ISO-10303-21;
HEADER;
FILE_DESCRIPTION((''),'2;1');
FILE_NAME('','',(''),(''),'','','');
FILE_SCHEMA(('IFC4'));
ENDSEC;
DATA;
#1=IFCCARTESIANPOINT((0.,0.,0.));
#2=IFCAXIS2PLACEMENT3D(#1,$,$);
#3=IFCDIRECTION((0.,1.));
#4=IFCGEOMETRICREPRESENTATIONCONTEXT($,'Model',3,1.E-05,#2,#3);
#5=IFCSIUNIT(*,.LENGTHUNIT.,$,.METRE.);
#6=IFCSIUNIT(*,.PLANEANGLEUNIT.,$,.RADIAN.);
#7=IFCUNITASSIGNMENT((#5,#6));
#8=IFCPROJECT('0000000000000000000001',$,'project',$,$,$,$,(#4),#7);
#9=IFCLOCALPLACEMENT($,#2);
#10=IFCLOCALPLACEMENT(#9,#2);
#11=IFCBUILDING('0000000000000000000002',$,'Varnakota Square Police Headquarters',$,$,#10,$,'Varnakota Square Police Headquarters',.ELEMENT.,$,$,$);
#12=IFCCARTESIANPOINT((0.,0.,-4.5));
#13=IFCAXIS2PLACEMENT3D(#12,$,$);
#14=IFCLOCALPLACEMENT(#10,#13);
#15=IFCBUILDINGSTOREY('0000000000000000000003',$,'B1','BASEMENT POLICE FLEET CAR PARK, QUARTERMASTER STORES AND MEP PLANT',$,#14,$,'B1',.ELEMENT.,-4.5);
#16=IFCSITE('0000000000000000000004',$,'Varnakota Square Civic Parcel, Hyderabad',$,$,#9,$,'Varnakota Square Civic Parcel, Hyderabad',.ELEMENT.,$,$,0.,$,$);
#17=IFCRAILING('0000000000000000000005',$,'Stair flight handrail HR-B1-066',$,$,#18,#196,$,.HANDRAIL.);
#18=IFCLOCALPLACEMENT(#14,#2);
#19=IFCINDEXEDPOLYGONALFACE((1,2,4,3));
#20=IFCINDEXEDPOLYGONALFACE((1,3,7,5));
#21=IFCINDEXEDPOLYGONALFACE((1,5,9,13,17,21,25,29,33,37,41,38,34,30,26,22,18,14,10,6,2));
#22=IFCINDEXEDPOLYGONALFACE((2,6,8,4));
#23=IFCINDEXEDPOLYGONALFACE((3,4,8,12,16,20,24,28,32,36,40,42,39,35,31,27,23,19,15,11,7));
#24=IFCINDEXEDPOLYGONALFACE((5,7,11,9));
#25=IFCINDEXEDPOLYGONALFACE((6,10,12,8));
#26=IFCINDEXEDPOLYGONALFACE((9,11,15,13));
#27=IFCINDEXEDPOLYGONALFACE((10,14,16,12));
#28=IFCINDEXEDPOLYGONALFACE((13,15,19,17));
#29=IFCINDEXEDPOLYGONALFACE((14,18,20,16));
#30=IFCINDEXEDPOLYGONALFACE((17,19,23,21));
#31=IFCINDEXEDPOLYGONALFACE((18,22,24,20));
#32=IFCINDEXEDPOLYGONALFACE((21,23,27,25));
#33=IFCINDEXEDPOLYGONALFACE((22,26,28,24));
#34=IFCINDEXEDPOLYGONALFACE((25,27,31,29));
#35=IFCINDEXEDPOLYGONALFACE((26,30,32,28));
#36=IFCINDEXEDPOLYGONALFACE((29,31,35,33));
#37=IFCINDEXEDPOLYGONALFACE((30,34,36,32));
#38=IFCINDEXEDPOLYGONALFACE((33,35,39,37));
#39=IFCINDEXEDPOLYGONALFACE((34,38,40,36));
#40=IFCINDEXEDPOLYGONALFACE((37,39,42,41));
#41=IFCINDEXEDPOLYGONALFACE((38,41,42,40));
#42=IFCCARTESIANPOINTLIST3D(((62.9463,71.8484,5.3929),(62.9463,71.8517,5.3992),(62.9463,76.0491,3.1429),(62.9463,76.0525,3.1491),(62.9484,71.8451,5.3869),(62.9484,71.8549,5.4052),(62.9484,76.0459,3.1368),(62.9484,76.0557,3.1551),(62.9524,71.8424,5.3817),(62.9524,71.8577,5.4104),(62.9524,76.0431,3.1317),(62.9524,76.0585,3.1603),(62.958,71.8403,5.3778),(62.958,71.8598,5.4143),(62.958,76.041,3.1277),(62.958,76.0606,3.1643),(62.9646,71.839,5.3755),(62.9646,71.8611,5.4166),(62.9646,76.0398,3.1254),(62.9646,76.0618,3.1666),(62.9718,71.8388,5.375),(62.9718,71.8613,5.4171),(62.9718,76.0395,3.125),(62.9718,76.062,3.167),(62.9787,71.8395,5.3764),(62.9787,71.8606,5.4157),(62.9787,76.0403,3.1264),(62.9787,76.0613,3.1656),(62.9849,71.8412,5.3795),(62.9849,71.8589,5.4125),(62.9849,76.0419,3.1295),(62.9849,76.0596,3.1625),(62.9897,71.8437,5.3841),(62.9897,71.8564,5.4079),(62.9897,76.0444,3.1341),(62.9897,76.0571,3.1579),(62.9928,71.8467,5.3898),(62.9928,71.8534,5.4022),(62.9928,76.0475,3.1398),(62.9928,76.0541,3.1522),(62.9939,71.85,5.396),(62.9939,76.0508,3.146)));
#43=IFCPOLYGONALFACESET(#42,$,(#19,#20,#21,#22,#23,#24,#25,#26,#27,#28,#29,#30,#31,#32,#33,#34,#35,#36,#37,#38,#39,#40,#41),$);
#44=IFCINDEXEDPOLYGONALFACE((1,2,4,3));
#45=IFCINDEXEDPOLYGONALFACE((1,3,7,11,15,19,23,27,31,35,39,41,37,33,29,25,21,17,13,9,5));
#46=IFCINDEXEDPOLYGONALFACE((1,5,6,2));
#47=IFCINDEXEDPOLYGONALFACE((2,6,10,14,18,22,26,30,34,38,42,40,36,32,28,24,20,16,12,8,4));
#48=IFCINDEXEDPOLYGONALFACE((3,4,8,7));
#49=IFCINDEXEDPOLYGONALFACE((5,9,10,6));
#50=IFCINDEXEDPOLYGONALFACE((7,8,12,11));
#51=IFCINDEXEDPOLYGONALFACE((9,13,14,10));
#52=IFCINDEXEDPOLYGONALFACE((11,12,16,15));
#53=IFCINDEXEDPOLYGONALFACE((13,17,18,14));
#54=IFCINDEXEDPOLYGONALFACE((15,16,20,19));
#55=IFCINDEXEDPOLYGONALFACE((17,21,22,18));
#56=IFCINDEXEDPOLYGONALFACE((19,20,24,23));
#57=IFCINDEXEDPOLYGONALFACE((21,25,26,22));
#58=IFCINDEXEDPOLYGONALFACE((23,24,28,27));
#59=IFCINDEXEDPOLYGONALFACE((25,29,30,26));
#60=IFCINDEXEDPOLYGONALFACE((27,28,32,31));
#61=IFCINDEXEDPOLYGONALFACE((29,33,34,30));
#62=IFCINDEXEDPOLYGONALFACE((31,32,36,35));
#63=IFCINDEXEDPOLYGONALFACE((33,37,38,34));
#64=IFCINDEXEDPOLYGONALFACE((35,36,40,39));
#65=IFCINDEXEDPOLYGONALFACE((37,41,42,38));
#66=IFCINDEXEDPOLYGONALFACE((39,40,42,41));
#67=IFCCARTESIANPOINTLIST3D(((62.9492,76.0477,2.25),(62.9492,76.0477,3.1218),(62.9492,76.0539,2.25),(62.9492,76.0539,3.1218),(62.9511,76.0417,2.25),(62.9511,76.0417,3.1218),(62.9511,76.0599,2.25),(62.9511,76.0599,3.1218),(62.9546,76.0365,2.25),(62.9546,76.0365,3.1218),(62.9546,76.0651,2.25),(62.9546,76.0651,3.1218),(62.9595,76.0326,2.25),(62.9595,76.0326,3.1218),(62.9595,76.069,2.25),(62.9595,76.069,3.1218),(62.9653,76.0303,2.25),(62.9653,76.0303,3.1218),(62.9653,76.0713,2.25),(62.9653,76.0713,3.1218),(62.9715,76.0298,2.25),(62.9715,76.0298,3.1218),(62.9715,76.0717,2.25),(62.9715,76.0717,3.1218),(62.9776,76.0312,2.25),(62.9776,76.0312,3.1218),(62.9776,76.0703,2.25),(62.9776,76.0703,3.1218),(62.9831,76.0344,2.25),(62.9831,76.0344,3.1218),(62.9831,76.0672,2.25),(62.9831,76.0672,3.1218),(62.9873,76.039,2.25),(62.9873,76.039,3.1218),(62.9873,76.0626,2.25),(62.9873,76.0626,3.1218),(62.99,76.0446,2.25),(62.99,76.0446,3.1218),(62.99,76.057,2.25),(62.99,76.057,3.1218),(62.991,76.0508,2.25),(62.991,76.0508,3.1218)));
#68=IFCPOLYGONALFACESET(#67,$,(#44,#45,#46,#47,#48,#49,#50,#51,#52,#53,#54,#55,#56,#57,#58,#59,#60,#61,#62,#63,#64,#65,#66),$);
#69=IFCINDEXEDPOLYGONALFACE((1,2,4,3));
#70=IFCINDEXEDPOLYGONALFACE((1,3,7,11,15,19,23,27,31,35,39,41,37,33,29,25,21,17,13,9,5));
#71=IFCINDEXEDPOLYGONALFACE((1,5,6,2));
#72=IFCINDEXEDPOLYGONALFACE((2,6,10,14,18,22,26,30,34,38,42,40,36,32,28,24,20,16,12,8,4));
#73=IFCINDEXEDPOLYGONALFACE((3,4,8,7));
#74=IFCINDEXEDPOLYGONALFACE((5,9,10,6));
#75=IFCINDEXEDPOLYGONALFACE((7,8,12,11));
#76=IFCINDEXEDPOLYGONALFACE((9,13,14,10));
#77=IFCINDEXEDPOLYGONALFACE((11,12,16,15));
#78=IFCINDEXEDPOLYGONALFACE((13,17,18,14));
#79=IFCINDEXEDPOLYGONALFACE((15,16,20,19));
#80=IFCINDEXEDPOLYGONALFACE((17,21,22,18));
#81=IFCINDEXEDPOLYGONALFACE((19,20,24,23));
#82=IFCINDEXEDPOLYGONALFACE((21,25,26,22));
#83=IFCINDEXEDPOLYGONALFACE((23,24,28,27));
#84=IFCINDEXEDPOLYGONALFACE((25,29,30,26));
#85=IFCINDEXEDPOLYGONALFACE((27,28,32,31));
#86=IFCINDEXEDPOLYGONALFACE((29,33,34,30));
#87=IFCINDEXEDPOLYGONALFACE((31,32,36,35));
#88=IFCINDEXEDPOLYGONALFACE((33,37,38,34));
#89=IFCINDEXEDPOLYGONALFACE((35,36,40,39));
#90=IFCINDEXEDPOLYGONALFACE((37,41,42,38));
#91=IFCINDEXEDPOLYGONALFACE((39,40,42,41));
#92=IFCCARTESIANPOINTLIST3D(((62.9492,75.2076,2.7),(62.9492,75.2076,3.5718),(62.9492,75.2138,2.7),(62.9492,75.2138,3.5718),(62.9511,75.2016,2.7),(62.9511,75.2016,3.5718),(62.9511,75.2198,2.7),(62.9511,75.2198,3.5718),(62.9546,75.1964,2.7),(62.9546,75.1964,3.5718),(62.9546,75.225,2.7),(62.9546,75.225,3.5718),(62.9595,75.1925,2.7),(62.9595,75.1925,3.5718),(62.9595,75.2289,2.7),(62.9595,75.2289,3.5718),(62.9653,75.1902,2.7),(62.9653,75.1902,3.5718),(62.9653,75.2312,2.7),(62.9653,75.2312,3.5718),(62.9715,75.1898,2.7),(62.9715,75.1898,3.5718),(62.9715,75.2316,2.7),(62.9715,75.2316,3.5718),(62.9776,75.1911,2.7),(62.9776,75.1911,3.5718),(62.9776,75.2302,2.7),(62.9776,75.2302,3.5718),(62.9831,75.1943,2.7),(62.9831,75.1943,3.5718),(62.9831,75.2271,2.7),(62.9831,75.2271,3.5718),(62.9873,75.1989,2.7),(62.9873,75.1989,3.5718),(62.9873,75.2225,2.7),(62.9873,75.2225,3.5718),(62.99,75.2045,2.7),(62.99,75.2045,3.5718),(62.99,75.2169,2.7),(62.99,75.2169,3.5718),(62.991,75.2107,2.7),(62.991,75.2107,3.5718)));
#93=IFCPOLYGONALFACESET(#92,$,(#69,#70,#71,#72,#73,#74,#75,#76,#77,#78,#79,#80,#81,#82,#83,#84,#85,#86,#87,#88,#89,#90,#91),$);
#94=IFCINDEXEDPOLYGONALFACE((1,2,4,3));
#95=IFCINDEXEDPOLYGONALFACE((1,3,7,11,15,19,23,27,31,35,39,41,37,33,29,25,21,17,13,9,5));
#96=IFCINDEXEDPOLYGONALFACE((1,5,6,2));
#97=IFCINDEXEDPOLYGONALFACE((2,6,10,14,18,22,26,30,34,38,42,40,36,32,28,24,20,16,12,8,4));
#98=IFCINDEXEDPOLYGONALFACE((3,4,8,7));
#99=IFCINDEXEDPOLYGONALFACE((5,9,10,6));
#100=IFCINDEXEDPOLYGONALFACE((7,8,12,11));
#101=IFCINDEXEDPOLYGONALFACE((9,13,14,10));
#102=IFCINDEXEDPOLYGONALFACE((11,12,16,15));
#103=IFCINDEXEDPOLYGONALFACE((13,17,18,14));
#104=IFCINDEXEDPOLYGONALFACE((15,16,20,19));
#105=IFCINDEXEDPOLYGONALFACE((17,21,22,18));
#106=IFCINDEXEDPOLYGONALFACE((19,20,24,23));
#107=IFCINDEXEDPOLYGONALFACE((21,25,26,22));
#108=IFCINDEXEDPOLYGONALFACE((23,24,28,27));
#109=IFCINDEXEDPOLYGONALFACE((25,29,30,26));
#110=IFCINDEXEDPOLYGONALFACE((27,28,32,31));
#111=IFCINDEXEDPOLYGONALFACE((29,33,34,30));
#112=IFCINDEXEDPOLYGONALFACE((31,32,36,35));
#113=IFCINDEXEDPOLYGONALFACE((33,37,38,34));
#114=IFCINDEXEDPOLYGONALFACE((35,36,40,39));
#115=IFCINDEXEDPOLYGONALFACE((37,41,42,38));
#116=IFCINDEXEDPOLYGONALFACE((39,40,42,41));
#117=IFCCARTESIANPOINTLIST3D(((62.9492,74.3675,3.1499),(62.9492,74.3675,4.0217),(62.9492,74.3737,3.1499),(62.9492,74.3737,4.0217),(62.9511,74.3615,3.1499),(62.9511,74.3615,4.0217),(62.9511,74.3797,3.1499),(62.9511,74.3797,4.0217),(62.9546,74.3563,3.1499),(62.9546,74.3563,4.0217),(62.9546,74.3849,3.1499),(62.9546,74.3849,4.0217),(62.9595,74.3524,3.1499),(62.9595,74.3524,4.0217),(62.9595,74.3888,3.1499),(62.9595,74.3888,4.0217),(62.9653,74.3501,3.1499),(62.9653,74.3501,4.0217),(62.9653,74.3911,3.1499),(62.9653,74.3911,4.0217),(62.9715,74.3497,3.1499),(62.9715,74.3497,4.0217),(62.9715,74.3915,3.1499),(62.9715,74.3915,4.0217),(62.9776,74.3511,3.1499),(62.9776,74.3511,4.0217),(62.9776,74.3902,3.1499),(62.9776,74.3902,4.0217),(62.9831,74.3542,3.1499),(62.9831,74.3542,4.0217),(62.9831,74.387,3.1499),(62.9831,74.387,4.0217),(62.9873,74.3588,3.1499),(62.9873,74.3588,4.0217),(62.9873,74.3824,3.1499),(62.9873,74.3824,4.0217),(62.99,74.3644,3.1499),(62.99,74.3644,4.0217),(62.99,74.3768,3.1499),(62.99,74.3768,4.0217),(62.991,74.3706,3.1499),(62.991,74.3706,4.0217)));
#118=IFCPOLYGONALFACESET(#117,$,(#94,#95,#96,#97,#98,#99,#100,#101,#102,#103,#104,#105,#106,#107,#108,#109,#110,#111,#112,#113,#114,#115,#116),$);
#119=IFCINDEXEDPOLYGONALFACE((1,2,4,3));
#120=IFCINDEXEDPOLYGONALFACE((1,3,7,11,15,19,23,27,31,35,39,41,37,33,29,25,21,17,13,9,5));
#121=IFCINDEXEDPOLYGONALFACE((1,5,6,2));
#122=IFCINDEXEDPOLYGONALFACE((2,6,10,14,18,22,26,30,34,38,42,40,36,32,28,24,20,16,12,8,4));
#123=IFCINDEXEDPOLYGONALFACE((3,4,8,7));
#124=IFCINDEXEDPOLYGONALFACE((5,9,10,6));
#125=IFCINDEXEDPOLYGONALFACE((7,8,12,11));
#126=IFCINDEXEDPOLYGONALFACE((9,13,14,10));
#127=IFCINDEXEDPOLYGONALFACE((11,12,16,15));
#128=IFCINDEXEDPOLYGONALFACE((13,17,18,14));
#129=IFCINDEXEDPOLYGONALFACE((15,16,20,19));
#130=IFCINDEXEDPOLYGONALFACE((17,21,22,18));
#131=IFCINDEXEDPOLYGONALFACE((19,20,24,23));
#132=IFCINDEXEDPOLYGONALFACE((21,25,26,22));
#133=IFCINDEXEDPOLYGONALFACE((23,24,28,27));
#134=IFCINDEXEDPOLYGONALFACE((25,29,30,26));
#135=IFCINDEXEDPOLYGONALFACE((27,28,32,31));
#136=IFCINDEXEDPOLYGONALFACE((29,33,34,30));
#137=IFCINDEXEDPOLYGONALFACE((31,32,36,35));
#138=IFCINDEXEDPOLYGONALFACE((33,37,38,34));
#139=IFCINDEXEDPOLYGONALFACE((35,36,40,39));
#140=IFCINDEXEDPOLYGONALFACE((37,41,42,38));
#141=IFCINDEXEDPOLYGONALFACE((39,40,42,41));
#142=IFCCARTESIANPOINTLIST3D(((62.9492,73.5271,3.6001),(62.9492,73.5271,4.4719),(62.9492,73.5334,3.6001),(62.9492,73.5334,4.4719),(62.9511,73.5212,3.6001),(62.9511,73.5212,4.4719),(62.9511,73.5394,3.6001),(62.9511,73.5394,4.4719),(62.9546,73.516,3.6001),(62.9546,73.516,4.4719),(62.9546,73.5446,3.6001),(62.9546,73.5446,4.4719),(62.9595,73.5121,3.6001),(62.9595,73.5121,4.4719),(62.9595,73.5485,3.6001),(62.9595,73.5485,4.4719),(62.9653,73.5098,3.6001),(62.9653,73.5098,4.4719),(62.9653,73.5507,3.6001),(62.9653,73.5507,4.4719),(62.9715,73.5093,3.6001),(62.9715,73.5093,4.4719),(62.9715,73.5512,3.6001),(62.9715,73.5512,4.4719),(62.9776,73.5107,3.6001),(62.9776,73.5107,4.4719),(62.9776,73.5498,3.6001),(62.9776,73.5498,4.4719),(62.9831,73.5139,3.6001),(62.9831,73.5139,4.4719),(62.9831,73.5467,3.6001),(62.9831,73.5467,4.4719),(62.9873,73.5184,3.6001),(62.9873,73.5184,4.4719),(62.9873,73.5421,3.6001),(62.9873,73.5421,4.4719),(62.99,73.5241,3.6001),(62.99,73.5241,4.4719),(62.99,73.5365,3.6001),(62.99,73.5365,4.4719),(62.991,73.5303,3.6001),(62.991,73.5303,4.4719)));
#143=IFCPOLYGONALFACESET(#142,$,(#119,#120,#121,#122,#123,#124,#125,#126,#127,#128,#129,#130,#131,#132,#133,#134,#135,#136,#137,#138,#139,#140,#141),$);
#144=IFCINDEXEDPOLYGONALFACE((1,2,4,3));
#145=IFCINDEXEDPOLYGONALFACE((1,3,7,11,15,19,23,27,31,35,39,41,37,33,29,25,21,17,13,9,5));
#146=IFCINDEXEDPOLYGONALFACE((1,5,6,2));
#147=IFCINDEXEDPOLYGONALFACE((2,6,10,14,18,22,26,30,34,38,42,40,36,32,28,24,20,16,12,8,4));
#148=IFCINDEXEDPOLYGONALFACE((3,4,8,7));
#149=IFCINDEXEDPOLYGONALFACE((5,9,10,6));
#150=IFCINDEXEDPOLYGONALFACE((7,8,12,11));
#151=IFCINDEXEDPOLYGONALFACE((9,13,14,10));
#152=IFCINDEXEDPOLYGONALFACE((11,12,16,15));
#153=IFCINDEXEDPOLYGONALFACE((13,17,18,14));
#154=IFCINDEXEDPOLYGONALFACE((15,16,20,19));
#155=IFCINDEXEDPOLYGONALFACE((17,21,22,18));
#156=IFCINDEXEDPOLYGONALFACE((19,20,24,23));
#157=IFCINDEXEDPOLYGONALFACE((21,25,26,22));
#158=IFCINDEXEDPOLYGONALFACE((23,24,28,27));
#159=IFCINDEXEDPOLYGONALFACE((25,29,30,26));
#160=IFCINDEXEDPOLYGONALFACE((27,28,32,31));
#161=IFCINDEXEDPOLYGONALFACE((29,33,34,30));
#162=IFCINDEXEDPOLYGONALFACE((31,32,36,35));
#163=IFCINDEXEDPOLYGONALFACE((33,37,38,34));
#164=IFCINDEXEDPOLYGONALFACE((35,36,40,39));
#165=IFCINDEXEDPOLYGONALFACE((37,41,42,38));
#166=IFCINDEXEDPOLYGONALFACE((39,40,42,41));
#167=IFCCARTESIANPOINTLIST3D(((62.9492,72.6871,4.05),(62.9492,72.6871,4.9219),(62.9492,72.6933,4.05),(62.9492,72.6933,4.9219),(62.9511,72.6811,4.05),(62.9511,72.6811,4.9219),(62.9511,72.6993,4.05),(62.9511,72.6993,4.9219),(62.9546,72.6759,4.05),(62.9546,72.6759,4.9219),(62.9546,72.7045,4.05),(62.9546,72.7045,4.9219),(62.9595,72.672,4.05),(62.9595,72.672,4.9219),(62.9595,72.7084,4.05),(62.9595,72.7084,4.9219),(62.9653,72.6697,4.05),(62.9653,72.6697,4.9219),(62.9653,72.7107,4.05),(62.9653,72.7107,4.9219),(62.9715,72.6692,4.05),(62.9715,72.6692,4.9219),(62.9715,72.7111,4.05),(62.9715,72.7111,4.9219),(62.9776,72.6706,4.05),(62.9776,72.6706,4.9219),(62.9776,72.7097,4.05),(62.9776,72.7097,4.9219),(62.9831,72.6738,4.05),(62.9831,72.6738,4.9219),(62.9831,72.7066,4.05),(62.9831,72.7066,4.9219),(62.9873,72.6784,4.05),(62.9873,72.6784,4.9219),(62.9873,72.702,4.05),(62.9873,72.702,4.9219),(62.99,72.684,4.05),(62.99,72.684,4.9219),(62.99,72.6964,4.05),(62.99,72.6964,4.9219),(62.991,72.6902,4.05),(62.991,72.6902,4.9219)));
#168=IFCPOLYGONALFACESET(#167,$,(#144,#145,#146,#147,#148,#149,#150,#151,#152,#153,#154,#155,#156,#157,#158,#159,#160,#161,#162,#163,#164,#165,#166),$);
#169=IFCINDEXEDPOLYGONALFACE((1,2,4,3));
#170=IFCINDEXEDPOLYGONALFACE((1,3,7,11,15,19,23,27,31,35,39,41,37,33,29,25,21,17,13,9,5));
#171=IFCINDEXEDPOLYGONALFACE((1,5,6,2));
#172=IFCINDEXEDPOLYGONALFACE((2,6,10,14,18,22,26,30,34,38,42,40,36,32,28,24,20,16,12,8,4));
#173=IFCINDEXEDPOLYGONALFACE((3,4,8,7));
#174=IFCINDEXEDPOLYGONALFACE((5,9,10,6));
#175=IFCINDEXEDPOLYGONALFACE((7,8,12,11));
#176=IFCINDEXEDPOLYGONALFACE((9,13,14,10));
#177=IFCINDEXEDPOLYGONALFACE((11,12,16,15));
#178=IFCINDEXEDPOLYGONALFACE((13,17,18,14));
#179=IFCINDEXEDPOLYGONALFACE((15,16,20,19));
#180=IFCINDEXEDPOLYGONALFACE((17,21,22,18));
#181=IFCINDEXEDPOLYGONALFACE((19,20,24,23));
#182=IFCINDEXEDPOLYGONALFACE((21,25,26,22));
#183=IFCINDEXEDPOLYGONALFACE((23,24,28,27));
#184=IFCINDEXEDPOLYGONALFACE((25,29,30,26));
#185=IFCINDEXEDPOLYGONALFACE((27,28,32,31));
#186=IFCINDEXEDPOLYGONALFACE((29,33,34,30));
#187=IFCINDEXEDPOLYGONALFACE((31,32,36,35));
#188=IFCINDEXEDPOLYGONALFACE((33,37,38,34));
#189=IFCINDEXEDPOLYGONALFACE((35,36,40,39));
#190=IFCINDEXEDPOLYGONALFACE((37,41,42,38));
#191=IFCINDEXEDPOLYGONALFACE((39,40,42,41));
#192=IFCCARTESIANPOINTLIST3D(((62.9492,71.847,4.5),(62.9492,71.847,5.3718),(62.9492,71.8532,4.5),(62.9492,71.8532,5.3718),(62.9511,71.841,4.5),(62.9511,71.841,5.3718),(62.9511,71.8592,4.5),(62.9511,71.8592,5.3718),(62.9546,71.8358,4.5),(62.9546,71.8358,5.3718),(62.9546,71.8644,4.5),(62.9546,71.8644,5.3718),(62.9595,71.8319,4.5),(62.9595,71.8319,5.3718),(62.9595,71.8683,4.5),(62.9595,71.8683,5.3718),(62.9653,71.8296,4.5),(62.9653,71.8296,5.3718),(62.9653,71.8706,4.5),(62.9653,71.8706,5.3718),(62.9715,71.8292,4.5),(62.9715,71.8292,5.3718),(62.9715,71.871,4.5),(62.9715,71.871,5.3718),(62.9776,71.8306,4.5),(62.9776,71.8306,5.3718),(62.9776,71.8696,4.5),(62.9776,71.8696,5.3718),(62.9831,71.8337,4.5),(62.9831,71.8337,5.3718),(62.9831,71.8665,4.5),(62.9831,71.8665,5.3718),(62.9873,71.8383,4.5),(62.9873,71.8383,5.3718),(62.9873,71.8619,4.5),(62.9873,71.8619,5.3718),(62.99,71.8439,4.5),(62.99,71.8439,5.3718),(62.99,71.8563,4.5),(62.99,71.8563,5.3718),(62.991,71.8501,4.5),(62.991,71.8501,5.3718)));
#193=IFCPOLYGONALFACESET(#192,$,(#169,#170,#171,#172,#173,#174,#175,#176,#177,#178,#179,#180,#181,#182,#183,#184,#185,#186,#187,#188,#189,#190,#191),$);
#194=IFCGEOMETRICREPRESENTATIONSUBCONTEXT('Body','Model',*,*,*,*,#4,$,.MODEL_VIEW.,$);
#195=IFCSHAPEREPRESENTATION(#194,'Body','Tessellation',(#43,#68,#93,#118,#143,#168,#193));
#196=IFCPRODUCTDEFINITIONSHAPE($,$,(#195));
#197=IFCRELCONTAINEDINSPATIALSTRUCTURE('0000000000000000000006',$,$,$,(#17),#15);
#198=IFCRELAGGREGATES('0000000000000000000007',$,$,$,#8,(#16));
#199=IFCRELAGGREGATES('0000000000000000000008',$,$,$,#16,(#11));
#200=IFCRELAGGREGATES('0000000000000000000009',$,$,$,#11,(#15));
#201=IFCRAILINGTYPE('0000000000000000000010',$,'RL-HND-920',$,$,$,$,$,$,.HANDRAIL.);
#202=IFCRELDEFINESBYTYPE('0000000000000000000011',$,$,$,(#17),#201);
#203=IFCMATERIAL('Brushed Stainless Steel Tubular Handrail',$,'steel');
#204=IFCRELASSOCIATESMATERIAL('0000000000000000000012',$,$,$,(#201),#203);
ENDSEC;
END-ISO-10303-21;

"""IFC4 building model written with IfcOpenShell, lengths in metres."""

from ifc_helpers import new_model, si_unit, direction, frame, origin, origin_2d, place, context, subcontext, project, spatial, circle, extrude, material, type_object, element, save


model = new_model("IFC4")

# Units and contexts
model_context = context("Model", 3, precision=1e-05, world=origin(), true_north=direction((0.0, 1.0)))
body_context = subcontext(model_context, "Body", "Model", "MODEL_VIEW")
ifc_project = project(units=[si_unit("LENGTHUNIT", "METRE"), si_unit("PLANEANGLEUNIT", "RADIAN")], contexts=[model_context])

# Site, building, storey
site_placement = place(None, origin())
site = spatial("IfcSite", under=ifc_project, at=site_placement, Name="Varnakota Square Civic Parcel, Hyderabad", LongName="Varnakota Square Civic Parcel, Hyderabad", CompositionType="ELEMENT", RefElevation=0.0)
building_placement = place(site_placement, origin())
building = spatial("IfcBuilding", under=site, at=building_placement, Name="Varnakota Square Police Headquarters", LongName="Varnakota Square Police Headquarters", CompositionType="ELEMENT")
storey_placement = place(building_placement, frame((0.0, 0.0, -4.5)))
storey = spatial("IfcBuildingStorey", under=building, at=storey_placement, Name="B1", Description="BASEMENT POLICE FLEET CAR PARK, QUARTERMASTER STORES AND MEP PLANT", LongName="B1", CompositionType="ELEMENT", Elevation=-4.5)

# Railing
ifc_material_1 = material(Name="Brushed Stainless Steel Tubular Handrail", Category="steel")
railing_type_1 = type_object("IfcRailingType", Name="RL-HND-920", PredefinedType="HANDRAIL", material=ifc_material_1)
railing_1_placement = place(storey_placement, frame((62.97, 76.0508, 2.25)))
element("IfcRailing", 1, at=railing_1_placement, inside=storey, type_object=railing_type_1, Name="Stair flight handrail HR-B1-066", PredefinedType="HANDRAIL", context=body_context, shape_type="SweptSolid", body=[
    extrude(circle(Radius=0.0239, at=origin_2d()), frame((0.0, 0.0, 0.896), z_axis=(0.0, -0.881512, 0.472162), x_axis=(1.0, 0.0, 0.0)), (0.0, 0.0, 1.0), 4.7654),
    extrude(circle(Radius=0.021, at=origin_2d()), origin(), (0.0, 0.0, 1.0), 0.8718),
    extrude(circle(Radius=0.021, at=origin_2d()), frame((0.0, -0.8401, 0.45)), (0.0, 0.0, 1.0), 0.8718),
    extrude(circle(Radius=0.021, at=origin_2d()), frame((0.0, -1.6802, 0.8999)), (0.0, 0.0, 1.0), 0.8718),
    extrude(circle(Radius=0.021, at=origin_2d()), frame((0.0, -2.5205, 1.3501)), (0.0, 0.0, 1.0), 0.8718),
    extrude(circle(Radius=0.021, at=origin_2d()), frame((0.0, -3.3606, 1.8)), (0.0, 0.0, 1.0), 0.8718),
    extrude(circle(Radius=0.021, at=origin_2d()), frame((0.0, -4.2007, 2.25)), (0.0, 0.0, 1.0), 0.8718),
])

save(model, "model.ifc")
